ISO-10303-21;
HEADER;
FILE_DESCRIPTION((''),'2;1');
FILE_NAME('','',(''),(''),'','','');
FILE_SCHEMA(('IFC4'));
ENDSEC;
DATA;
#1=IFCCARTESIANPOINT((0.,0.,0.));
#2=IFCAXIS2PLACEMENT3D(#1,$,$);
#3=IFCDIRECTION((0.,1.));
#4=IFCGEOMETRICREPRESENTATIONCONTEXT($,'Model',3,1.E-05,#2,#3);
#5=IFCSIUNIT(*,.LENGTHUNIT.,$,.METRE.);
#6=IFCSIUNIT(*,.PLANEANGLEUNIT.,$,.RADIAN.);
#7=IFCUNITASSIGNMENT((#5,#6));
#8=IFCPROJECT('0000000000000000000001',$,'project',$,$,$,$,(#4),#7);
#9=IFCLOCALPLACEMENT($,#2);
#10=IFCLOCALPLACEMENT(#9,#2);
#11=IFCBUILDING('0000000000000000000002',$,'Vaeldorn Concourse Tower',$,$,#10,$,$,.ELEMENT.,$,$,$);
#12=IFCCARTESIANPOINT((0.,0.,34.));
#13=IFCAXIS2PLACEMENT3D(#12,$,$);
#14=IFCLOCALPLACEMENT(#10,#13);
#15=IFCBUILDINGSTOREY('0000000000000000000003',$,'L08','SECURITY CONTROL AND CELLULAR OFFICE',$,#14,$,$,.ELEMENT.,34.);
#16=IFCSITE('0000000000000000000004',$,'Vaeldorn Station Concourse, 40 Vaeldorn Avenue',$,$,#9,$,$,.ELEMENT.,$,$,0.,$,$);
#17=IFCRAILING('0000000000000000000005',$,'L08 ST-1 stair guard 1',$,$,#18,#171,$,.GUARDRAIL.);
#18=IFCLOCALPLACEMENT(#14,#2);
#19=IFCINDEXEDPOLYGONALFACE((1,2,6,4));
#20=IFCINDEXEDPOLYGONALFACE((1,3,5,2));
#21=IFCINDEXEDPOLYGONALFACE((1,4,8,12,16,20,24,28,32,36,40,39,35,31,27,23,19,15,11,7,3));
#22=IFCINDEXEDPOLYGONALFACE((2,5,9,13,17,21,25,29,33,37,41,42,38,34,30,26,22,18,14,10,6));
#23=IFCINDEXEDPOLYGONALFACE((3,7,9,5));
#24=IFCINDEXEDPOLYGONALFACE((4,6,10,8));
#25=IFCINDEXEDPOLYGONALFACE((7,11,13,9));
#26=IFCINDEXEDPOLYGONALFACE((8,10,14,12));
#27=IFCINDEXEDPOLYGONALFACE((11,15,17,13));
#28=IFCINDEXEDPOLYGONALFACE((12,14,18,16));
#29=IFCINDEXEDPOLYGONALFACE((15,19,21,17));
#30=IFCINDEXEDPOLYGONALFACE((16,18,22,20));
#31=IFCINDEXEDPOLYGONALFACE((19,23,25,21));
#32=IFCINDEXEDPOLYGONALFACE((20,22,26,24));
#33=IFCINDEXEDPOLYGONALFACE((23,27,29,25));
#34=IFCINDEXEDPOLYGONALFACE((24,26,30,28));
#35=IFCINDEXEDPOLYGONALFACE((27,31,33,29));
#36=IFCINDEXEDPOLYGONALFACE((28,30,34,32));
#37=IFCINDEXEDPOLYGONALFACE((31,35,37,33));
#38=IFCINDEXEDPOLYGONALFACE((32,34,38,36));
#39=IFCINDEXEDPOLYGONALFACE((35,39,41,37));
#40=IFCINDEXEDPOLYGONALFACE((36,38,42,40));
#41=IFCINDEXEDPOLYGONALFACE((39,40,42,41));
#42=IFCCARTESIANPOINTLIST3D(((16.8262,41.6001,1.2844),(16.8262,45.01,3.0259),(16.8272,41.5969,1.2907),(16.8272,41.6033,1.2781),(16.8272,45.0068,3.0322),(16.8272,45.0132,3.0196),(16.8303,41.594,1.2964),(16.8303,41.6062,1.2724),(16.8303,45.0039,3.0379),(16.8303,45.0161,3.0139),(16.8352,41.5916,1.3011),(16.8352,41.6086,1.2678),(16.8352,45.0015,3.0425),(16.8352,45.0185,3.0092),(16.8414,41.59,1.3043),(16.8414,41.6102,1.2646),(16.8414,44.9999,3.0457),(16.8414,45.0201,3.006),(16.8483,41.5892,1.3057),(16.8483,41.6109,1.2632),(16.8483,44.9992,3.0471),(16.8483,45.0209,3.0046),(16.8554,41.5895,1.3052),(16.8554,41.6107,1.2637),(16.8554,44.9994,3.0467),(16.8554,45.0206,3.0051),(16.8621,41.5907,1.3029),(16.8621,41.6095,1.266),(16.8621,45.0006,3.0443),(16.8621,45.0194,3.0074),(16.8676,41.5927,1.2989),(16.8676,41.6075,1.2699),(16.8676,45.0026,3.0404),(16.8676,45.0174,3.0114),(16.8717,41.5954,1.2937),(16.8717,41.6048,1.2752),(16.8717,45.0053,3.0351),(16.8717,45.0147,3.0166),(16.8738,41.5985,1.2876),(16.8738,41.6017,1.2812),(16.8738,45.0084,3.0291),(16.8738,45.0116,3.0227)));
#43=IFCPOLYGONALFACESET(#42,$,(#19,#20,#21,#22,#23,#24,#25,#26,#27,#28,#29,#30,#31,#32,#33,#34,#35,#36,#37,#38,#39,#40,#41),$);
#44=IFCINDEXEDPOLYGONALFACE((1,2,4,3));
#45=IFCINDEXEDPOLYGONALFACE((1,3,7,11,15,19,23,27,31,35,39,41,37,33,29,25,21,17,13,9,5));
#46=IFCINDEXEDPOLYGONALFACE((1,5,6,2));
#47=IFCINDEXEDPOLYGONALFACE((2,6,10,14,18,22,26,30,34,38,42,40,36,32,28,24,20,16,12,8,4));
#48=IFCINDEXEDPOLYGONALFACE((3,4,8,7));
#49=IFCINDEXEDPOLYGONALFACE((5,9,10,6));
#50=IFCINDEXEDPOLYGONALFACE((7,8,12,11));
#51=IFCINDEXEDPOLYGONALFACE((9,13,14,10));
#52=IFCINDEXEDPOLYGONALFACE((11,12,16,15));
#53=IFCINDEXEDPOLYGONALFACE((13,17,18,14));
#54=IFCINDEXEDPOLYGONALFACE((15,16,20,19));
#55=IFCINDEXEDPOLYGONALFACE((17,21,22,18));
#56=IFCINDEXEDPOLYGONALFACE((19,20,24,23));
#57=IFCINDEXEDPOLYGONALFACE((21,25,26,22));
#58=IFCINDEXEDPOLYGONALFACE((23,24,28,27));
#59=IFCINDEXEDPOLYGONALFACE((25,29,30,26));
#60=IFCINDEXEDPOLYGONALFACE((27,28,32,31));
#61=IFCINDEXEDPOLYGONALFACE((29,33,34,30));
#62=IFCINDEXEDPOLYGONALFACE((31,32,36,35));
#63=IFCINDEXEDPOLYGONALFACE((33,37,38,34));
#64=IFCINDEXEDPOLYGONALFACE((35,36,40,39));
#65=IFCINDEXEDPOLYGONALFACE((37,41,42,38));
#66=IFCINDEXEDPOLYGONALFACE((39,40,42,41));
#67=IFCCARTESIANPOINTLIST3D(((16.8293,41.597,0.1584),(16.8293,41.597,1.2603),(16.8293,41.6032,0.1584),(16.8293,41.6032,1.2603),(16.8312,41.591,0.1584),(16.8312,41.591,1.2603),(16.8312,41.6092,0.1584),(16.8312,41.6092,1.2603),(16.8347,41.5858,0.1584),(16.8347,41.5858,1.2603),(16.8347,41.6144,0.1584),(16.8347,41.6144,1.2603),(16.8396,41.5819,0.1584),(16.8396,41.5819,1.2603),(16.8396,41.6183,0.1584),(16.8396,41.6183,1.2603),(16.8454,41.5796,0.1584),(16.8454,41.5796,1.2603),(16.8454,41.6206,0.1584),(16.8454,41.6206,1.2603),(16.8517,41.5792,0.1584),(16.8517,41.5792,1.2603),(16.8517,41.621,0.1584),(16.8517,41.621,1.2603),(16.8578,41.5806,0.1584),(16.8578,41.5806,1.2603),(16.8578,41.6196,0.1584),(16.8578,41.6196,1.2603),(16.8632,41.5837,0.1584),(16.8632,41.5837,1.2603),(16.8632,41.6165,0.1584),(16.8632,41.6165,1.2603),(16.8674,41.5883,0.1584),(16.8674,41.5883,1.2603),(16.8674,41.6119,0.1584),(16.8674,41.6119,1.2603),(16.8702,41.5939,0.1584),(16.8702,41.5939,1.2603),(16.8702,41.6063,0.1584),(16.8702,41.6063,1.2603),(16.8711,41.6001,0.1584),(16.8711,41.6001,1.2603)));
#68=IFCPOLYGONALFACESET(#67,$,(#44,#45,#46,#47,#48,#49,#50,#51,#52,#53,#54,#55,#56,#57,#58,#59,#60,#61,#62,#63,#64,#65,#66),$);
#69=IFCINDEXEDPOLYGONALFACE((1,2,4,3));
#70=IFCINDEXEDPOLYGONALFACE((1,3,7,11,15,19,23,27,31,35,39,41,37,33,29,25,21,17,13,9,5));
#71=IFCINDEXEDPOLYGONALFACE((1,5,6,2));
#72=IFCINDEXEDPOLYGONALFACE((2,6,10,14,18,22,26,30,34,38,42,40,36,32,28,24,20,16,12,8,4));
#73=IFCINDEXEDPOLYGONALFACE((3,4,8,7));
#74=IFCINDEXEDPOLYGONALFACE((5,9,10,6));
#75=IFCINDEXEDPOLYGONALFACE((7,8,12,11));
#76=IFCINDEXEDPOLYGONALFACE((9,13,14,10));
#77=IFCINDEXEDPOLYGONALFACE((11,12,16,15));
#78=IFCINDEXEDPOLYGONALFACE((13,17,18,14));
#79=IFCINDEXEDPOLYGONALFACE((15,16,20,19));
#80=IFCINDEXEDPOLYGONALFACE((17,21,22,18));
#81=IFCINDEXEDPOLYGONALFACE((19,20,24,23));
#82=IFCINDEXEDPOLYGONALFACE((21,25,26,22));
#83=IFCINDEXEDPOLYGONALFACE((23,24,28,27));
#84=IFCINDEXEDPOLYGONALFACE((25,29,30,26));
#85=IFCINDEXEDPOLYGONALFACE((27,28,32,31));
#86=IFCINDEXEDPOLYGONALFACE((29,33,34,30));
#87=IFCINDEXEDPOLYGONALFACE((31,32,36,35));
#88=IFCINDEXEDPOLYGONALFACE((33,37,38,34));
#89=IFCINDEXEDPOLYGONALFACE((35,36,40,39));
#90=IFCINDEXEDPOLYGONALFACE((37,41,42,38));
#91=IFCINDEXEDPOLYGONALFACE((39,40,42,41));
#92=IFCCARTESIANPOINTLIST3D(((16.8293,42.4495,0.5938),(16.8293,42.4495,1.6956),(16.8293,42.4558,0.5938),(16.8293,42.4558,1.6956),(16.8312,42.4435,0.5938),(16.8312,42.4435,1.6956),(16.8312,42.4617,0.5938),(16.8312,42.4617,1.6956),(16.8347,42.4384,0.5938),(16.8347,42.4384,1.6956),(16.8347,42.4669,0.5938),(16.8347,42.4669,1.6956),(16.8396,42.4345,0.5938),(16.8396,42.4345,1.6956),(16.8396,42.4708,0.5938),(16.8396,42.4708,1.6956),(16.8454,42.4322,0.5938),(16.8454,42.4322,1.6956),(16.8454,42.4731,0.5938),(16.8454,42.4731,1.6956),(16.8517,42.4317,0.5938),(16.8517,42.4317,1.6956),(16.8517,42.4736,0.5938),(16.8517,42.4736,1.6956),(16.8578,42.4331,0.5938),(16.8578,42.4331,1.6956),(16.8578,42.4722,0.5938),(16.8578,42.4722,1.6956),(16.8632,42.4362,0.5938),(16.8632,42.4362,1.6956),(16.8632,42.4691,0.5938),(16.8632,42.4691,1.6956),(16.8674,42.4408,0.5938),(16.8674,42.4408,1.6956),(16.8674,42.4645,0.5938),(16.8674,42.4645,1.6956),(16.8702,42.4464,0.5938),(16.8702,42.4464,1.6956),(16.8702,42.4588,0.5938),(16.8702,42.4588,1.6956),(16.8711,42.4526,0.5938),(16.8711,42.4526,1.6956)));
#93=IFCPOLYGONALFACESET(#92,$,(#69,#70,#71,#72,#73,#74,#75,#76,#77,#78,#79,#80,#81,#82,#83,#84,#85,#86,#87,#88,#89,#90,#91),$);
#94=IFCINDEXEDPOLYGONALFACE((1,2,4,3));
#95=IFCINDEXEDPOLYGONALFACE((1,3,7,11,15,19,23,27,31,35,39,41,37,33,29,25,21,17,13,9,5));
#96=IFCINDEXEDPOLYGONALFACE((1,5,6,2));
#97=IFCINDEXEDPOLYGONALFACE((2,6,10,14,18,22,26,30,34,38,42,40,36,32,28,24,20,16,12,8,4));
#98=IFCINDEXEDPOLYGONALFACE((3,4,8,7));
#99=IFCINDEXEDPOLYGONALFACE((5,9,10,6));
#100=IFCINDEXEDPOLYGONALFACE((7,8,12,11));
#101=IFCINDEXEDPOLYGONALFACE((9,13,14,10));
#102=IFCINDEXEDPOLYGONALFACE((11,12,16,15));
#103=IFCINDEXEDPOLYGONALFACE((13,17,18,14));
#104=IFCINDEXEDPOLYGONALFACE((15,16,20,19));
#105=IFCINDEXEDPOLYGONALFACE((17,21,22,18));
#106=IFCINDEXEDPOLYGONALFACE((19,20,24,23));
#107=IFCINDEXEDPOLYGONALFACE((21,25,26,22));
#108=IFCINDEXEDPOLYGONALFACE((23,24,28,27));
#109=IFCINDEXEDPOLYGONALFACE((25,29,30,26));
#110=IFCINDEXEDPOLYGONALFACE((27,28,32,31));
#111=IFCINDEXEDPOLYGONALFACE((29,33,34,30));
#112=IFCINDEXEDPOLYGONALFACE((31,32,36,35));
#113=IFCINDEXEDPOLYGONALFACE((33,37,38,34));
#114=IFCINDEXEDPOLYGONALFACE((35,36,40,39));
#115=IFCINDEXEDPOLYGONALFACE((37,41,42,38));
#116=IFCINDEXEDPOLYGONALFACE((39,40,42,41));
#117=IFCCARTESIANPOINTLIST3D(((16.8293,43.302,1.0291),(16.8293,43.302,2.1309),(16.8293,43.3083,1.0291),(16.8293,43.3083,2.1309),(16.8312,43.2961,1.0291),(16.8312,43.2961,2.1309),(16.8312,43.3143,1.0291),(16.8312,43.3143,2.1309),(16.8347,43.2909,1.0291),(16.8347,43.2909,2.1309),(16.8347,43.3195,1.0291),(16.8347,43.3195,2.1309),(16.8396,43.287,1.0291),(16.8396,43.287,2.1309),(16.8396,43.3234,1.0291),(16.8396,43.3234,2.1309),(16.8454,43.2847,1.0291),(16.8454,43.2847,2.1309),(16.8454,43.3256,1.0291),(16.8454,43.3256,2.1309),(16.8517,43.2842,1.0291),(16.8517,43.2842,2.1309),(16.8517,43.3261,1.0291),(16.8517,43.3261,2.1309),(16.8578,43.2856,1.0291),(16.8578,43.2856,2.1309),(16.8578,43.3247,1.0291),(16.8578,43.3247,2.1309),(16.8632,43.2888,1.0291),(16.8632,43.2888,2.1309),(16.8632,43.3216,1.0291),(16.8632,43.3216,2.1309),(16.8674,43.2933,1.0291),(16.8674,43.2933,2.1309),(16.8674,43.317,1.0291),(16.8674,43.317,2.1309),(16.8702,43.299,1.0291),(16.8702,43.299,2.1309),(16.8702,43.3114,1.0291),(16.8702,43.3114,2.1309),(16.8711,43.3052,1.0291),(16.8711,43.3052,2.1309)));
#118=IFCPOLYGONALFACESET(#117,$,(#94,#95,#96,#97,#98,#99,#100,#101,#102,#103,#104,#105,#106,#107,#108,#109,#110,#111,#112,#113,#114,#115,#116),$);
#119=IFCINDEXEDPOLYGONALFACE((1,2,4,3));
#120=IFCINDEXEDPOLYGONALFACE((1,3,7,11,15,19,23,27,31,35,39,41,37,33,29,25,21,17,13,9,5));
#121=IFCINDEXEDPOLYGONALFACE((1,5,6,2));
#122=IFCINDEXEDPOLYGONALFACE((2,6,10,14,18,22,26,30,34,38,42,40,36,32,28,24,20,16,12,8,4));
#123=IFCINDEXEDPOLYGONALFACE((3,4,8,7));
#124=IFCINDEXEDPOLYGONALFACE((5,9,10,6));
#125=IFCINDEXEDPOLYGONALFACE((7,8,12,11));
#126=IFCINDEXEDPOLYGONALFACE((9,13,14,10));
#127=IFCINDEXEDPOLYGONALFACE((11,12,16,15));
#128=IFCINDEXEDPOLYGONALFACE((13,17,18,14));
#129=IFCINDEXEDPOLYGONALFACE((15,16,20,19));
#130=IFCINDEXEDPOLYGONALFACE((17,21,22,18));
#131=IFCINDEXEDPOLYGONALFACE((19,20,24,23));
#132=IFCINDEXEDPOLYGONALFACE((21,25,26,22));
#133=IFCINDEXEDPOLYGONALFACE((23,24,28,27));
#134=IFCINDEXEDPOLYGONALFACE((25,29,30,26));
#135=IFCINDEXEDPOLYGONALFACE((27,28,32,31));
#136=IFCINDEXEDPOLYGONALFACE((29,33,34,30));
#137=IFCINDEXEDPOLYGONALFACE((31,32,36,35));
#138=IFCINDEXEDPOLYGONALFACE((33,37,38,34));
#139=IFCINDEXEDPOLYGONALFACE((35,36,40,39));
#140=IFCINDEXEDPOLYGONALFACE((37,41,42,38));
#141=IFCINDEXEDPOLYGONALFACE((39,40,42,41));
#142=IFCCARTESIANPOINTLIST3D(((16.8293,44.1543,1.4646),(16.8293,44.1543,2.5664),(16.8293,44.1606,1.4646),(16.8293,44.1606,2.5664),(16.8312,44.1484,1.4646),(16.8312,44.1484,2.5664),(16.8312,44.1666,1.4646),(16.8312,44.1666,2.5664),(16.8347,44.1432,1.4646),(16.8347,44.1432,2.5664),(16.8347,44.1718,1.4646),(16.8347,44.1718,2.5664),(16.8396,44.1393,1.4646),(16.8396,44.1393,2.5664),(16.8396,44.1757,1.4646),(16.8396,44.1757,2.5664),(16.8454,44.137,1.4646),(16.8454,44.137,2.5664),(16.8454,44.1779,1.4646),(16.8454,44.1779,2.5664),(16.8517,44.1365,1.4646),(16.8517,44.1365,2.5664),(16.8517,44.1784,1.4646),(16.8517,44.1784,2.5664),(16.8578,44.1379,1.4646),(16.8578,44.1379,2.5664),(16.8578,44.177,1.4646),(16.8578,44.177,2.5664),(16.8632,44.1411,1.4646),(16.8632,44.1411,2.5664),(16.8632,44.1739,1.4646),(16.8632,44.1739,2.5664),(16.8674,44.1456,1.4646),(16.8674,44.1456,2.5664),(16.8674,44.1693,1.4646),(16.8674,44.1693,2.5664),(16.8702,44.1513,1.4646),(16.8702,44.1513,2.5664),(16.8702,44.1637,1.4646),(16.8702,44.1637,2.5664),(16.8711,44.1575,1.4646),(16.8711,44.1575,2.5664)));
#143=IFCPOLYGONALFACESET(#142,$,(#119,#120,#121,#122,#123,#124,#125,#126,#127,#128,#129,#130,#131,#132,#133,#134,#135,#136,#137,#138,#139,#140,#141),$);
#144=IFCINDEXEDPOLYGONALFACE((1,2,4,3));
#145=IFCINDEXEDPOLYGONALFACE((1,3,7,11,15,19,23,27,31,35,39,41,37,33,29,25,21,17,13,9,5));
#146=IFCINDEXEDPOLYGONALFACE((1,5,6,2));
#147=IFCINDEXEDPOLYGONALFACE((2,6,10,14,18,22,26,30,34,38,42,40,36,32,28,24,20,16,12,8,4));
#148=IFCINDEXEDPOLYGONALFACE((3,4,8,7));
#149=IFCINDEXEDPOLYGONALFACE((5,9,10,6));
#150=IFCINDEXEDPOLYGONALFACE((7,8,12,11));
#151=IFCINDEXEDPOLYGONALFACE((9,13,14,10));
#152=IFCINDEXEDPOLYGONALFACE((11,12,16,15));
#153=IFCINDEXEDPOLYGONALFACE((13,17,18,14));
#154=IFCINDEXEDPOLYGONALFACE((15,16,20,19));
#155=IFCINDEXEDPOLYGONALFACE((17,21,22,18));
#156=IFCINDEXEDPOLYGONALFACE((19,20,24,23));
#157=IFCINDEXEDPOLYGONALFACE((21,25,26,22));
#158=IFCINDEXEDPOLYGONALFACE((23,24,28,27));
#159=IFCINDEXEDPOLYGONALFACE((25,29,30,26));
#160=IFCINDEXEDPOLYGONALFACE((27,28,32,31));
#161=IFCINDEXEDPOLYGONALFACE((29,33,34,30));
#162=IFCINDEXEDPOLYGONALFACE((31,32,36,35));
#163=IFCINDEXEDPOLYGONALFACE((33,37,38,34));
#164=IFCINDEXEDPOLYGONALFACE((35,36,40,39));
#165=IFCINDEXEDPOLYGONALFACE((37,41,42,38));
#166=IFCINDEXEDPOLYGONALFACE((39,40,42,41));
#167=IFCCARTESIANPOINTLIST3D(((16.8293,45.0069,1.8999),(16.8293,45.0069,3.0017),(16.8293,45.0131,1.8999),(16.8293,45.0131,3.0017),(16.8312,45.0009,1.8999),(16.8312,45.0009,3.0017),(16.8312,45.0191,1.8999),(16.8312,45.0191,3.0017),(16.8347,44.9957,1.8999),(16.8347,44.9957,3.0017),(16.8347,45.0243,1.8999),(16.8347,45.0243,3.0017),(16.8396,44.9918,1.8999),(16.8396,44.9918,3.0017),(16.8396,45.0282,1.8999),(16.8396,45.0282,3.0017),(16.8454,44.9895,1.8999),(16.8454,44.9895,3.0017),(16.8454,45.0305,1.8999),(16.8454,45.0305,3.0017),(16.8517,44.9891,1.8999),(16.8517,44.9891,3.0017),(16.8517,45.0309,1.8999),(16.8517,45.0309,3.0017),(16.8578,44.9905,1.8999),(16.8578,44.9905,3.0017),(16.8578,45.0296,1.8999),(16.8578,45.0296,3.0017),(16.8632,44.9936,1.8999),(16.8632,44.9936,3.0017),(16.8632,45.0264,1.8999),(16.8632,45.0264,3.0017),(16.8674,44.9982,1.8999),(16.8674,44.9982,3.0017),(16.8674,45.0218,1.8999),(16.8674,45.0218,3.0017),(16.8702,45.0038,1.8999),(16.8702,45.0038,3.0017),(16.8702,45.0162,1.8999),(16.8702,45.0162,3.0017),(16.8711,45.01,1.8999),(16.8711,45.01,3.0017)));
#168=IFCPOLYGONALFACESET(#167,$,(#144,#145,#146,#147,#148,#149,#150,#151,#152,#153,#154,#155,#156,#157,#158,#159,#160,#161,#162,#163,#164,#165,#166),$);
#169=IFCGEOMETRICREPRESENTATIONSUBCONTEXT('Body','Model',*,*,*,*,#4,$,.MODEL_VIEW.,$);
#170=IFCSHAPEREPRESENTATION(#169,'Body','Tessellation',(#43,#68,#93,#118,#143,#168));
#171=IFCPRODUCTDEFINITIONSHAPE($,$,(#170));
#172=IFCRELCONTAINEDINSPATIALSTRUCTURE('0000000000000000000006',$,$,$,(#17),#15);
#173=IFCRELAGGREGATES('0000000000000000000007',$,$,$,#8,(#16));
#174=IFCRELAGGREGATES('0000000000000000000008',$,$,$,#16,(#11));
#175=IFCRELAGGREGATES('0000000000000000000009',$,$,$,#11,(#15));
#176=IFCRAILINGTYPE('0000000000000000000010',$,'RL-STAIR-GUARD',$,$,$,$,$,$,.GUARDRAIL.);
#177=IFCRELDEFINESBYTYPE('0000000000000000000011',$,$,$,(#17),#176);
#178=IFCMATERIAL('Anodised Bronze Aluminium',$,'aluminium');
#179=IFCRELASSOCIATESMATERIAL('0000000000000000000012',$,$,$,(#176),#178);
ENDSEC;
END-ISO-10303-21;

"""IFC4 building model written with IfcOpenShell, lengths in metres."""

from ifc_helpers import new_model, si_unit, direction, frame, origin, origin_2d, place, context, subcontext, project, spatial, circle, extrude, material, type_object, element, save


model = new_model("IFC4")

# Units and contexts
model_context = context("Model", 3, precision=1e-05, world=origin(), true_north=direction((0.0, 1.0)))
body_context = subcontext(model_context, "Body", "Model", "MODEL_VIEW")
ifc_project = project(units=[si_unit("LENGTHUNIT", "METRE"), si_unit("PLANEANGLEUNIT", "RADIAN")], contexts=[model_context])

# Site, building, storey
site_placement = place(None, origin())
site = spatial("IfcSite", under=ifc_project, at=site_placement, Name="Vaeldorn Station Concourse, 40 Vaeldorn Avenue", CompositionType="ELEMENT", RefElevation=0.0)
building_placement = place(site_placement, origin())
building = spatial("IfcBuilding", under=site, at=building_placement, Name="Vaeldorn Concourse Tower", CompositionType="ELEMENT")
storey_placement = place(building_placement, frame((0.0, 0.0, 34.0)))
storey = spatial("IfcBuildingStorey", under=building, at=storey_placement, Name="L08", Description="SECURITY CONTROL AND CELLULAR OFFICE", CompositionType="ELEMENT", Elevation=34.0)

# Shared definitions
ifc_material_1 = material(Name="Anodised Bronze Aluminium", Category="aluminium")

# Railing
railing_type_1 = type_object("IfcRailingType", Name="RL-STAIR-GUARD", PredefinedType="GUARDRAIL", material=ifc_material_1)
railing_1_placement = place(storey_placement, frame((16.8501, 41.6001, 0.1584)))
element("IfcRailing", 1, at=railing_1_placement, inside=storey, type_object=railing_type_1, Name="L08 ST-1 stair guard 1", PredefinedType="GUARDRAIL", context=body_context, shape_type="SweptSolid", body=[
    extrude(circle(Radius=0.0239, at=origin_2d()), frame((0.0, 0.0, 1.126), z_axis=(0.0, 0.890582, 0.454823), x_axis=(-1.0, 0.0, 0.0)), (0.0, 0.0, 1.0), 3.8289),
    extrude(circle(Radius=0.021, at=origin_2d()), origin(), (0.0, 0.0, 1.0), 1.1018),
    extrude(circle(Radius=0.021, at=origin_2d()), frame((0.0, 0.8525, 0.4353)), (0.0, 0.0, 1.0), 1.1018),
    extrude(circle(Radius=0.021, at=origin_2d()), frame((0.0, 1.7051, 0.8706)), (0.0, 0.0, 1.0), 1.1018),
    extrude(circle(Radius=0.021, at=origin_2d()), frame((0.0, 2.5574, 1.3062)), (0.0, 0.0, 1.0), 1.1018),
    extrude(circle(Radius=0.021, at=origin_2d()), frame((0.0, 3.4099, 1.7415)), (0.0, 0.0, 1.0), 1.1018),
])

save(model, "model.ifc")
